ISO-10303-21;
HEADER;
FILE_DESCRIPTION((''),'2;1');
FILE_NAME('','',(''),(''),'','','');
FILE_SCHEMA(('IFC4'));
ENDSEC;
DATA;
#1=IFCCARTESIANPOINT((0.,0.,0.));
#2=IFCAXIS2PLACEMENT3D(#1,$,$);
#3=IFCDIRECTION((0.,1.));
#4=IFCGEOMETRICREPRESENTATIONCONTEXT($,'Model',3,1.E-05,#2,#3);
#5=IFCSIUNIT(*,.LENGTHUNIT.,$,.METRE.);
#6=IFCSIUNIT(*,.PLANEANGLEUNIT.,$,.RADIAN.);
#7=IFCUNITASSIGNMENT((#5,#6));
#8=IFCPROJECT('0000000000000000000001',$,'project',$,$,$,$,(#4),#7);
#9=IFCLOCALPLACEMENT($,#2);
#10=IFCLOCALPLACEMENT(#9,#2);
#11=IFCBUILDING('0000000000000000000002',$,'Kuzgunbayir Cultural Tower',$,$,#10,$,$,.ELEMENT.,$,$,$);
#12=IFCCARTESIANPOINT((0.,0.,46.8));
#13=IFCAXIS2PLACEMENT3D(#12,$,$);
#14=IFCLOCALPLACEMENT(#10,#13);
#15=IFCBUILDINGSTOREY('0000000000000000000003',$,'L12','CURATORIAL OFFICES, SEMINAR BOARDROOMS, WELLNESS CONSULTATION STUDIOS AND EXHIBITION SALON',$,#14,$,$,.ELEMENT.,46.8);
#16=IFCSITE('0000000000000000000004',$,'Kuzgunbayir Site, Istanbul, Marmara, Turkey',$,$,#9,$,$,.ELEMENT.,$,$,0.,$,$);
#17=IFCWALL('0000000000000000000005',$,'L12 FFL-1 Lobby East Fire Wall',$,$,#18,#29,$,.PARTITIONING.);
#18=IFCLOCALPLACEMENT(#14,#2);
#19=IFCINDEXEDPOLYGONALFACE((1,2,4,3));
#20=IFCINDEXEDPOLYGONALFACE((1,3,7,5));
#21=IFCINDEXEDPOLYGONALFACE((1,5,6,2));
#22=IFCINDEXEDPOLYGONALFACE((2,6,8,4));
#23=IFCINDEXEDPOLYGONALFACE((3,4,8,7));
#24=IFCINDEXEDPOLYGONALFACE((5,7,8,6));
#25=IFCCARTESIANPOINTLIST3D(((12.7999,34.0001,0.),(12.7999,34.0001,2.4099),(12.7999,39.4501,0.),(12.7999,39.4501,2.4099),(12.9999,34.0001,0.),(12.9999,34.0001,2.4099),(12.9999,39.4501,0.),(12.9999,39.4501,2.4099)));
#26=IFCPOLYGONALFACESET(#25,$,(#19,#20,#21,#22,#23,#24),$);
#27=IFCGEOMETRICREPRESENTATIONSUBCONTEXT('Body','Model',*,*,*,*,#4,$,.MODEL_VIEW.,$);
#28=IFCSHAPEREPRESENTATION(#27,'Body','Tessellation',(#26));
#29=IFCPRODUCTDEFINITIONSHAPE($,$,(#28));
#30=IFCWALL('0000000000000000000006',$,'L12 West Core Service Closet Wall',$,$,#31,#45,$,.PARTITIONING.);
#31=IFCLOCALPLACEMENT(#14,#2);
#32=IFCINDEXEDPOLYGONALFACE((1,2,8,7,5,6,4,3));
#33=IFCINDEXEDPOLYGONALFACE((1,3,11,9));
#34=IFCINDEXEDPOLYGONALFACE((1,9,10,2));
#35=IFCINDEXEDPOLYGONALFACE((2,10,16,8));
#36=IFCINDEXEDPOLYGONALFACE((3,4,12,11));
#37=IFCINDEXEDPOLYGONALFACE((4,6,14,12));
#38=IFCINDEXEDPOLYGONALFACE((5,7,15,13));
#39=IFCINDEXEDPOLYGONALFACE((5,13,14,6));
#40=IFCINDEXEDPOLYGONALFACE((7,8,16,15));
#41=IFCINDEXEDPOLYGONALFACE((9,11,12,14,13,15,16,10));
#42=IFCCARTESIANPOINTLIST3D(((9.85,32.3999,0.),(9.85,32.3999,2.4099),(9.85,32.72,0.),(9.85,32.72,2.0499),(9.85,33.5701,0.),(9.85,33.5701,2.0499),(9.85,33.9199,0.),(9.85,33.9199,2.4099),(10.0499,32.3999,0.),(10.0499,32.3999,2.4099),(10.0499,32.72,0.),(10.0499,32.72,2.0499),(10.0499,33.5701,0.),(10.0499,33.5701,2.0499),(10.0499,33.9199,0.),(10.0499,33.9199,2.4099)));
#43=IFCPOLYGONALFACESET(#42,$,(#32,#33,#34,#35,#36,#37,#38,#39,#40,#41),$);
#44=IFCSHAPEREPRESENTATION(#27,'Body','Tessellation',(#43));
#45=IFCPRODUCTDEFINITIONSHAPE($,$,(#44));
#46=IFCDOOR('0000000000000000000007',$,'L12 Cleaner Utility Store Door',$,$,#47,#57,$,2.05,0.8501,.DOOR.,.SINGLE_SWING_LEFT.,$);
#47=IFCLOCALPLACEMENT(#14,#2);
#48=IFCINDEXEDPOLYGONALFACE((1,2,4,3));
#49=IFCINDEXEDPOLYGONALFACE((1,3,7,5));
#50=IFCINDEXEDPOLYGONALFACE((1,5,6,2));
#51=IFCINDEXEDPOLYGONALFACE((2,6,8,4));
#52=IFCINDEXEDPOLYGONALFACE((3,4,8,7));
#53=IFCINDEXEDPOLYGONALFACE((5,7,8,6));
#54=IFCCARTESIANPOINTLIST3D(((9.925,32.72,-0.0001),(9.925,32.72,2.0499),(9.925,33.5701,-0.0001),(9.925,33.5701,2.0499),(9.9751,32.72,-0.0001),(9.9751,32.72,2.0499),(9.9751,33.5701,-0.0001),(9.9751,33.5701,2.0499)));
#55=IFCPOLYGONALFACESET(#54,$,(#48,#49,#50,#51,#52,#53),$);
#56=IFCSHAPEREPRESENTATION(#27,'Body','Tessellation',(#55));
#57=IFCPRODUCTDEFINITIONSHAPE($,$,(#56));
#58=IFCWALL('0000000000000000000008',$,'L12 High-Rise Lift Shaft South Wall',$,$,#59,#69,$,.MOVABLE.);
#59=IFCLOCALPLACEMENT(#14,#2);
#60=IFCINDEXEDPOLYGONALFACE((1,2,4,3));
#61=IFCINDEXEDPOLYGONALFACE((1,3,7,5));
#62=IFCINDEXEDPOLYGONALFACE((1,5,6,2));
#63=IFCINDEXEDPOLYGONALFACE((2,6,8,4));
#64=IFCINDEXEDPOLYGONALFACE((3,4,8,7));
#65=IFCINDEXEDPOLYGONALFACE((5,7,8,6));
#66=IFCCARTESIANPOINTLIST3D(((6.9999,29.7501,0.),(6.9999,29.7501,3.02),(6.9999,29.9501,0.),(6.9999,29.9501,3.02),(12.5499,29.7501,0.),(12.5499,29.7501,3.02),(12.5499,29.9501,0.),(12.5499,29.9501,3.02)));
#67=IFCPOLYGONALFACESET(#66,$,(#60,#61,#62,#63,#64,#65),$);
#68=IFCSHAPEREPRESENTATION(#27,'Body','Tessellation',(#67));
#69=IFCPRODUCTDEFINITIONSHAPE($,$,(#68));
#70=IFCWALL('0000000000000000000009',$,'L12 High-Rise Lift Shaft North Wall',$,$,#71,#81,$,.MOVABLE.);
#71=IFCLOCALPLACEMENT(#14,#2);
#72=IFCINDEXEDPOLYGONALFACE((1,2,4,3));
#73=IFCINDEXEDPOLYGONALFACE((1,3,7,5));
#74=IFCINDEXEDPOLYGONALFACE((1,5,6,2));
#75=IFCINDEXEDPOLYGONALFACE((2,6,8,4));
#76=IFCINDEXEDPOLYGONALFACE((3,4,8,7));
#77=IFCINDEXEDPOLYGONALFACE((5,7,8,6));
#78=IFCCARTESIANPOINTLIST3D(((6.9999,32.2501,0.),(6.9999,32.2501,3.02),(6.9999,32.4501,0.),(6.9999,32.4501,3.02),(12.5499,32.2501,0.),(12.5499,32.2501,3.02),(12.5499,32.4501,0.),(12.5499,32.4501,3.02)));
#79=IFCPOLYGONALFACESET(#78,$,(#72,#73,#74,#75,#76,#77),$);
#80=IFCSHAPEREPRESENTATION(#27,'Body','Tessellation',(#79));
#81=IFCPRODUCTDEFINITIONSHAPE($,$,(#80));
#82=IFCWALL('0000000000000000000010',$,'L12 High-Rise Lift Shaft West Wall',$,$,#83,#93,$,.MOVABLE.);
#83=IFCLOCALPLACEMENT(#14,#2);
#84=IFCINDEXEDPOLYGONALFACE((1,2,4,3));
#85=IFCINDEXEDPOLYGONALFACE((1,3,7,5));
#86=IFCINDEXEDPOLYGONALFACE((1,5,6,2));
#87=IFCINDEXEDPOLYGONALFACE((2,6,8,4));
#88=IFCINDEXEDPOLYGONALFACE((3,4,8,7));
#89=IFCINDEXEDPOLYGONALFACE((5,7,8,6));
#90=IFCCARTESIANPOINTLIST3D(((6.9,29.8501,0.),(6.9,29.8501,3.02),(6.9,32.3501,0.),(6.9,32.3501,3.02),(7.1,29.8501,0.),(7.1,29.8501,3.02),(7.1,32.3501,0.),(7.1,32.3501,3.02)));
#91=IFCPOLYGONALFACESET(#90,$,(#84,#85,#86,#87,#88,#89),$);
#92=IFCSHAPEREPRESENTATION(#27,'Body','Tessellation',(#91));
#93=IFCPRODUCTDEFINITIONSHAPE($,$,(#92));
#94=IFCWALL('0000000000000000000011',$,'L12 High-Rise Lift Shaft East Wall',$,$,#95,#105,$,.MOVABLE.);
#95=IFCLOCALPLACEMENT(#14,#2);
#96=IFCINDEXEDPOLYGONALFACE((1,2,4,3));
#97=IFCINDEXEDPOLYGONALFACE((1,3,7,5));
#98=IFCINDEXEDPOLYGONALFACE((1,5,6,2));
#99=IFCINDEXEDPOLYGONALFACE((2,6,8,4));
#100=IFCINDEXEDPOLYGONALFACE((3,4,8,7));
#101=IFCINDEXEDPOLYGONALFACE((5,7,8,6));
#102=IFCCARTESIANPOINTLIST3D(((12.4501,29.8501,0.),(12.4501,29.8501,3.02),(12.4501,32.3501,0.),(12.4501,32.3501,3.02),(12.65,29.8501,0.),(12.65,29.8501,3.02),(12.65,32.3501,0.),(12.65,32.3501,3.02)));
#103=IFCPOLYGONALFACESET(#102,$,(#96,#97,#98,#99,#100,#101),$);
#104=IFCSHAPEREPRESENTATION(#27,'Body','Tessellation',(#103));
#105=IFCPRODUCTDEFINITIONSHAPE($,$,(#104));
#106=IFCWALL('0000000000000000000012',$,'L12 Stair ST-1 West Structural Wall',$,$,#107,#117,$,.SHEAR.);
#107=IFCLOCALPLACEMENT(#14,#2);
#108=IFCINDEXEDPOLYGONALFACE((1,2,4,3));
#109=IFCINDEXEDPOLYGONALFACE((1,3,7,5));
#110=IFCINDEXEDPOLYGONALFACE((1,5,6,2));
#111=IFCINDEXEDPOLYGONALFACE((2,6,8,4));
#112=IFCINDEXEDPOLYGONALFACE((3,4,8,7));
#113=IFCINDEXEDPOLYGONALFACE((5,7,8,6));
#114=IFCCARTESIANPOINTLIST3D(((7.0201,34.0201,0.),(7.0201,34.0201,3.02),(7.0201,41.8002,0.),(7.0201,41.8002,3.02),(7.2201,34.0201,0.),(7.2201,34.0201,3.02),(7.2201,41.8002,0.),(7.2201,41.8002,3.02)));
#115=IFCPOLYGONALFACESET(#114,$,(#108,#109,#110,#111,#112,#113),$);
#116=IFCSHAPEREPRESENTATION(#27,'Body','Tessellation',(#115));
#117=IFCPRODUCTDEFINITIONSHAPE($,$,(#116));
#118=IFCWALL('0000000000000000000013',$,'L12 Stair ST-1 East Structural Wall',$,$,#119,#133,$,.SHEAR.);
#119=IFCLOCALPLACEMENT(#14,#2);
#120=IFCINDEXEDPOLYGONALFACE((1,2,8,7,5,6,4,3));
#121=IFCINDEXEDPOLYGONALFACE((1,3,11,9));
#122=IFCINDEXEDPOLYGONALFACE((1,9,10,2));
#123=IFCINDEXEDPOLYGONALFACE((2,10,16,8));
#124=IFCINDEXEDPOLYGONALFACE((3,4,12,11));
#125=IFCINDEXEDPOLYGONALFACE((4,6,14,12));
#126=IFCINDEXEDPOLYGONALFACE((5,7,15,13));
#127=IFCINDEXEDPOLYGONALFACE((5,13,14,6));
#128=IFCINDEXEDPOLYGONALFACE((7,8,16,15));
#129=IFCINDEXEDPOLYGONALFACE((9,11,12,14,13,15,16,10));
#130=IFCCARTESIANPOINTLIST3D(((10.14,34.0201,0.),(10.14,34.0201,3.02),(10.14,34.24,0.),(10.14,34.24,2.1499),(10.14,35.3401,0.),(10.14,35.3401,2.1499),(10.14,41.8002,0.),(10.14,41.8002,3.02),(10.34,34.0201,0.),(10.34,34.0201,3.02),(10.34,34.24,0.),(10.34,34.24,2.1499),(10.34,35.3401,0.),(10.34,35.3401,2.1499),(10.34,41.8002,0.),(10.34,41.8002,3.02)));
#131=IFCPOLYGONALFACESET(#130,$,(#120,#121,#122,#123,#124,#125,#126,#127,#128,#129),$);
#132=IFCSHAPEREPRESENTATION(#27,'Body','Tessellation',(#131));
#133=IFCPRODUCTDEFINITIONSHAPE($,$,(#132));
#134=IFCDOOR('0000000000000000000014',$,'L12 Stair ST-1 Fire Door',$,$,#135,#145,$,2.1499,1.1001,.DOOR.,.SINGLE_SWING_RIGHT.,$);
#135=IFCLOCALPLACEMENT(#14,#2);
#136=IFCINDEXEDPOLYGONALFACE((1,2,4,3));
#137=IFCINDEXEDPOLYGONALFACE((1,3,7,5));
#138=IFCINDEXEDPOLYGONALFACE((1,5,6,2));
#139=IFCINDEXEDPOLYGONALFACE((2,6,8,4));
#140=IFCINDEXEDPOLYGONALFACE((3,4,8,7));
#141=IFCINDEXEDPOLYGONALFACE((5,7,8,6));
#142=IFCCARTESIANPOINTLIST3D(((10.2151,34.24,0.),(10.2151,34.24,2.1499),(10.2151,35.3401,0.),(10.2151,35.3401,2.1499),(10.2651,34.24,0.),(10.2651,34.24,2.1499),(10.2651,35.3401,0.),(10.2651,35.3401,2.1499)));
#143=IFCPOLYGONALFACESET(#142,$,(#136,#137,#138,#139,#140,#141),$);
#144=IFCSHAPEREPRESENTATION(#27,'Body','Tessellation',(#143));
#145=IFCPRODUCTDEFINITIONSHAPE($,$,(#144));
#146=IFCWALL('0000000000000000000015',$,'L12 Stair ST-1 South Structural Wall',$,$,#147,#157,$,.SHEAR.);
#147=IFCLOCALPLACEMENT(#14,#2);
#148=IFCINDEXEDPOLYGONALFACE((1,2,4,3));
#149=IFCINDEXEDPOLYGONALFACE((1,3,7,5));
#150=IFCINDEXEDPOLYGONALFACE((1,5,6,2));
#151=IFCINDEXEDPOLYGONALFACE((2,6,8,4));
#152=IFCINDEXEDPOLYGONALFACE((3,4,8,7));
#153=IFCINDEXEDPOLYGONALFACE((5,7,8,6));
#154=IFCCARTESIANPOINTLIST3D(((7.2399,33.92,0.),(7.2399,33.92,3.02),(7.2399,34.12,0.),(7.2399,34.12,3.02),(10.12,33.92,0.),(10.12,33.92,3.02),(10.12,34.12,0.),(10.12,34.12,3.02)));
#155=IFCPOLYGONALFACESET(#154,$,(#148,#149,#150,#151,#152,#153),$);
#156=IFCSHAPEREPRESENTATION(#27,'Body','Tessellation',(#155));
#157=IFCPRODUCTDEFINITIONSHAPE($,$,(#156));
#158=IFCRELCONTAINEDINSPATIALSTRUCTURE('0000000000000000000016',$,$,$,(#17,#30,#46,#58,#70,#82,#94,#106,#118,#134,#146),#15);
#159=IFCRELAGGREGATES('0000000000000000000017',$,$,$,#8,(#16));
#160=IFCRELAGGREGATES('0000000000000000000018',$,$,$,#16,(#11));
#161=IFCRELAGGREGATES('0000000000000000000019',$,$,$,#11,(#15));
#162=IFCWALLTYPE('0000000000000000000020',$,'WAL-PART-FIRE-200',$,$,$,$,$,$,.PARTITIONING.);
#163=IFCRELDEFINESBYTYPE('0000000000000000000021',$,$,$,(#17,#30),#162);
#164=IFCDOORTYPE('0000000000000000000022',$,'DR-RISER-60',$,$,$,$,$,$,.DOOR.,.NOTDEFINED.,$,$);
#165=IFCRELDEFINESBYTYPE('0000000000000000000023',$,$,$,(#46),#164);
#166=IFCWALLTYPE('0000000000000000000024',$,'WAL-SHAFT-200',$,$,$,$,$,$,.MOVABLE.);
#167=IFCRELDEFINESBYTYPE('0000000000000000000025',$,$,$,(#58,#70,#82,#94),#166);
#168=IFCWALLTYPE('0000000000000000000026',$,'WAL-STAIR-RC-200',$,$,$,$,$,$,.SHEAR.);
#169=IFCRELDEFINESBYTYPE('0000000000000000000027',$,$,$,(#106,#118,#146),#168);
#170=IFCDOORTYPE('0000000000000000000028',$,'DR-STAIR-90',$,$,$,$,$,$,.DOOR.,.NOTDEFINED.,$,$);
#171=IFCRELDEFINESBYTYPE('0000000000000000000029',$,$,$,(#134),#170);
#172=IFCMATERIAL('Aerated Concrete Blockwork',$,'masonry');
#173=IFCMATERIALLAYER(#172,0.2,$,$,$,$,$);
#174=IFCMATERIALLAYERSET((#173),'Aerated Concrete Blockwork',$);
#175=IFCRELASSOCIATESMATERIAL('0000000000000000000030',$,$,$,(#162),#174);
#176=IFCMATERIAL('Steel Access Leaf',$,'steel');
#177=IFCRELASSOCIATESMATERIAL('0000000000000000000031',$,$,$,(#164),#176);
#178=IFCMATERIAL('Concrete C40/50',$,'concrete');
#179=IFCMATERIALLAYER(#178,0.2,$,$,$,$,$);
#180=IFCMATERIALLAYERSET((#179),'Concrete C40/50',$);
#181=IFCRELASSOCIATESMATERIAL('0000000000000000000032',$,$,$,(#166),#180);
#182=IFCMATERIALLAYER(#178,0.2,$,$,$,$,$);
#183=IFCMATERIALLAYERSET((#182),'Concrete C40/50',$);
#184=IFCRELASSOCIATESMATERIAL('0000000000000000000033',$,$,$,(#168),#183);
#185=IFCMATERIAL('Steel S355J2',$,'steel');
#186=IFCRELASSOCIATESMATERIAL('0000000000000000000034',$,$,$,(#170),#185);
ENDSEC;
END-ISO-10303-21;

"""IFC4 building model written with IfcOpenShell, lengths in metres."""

from ifc_helpers import new_model, si_unit, direction, frame, frame_2d, origin, place, context, subcontext, project, spatial, rectangle, extrude, material, layer, layer_set, type_object, element, fill, save


model = new_model("IFC4")

# Units and contexts
model_context = context("Model", 3, precision=1e-05, world=origin(), true_north=direction((0.0, 1.0)))
body_context = subcontext(model_context, "Body", "Model", "MODEL_VIEW")
ifc_project = project(units=[si_unit("LENGTHUNIT", "METRE"), si_unit("PLANEANGLEUNIT", "RADIAN")], contexts=[model_context])

# Site, building, storey
site_placement = place(None, origin())
site = spatial("IfcSite", under=ifc_project, at=site_placement, Name="Kuzgunbayir Site, Istanbul, Marmara, Turkey", CompositionType="ELEMENT", RefElevation=0.0)
building_placement = place(site_placement, origin())
building = spatial("IfcBuilding", under=site, at=building_placement, Name="Kuzgunbayir Cultural Tower", CompositionType="ELEMENT")
storey_placement = place(building_placement, frame((0.0, 0.0, 46.8)))
storey = spatial("IfcBuildingStorey", under=building, at=storey_placement, Name="L12", Description="CURATORIAL OFFICES, SEMINAR BOARDROOMS, WELLNESS CONSULTATION STUDIOS AND EXHIBITION SALON", CompositionType="ELEMENT", Elevation=46.8)

# Shared definitions
ifc_material_1 = material(Name="Steel S355J2", Category="steel")

# Wall
ifc_material_2 = material(Name="Aerated Concrete Blockwork", Category="masonry")
ifc_layer_1 = layer(ifc_material_2, 0.2)
ifc_layer_set_1 = layer_set([ifc_layer_1], Name="Aerated Concrete Blockwork")
wall_type_1 = type_object("IfcWallType", Name="WAL-PART-FIRE-200", PredefinedType="PARTITIONING", material=ifc_layer_set_1)
wall_1_placement = place(storey_placement, frame((12.8999, 34.0, 0.0), z_axis=(0.0, 0.0, 1.0), x_axis=(0.0, 1.0, 0.0)))
element("IfcWall", 1, at=wall_1_placement, inside=storey, type_object=wall_type_1, Name="L12 FFL-1 Lobby East Fire Wall", PredefinedType="PARTITIONING", context=body_context, shape_type="SweptSolid", body=[
    extrude(rectangle(XDim=5.45, YDim=0.2, at=frame_2d((2.7251, 0.0))), origin(), (0.0, 0.0, 1.0), 2.4099),
])

# Wall, opening, door
wall_2_placement = place(storey_placement, frame((9.95, 32.3999, 0.0), z_axis=(0.0, 0.0, 1.0), x_axis=(0.0, 1.0, 0.0)))
wall_2 = element("IfcWall", 2, at=wall_2_placement, inside=storey, type_object=wall_type_1, Name="L12 West Core Service Closet Wall", PredefinedType="PARTITIONING", context=body_context, shape_type="SweptSolid", body=[
    extrude(rectangle(XDim=1.52, YDim=0.2, at=frame_2d((0.76, 0.0))), origin(), (0.0, 0.0, 1.0), 2.4099),
])
opening_1_placement = place(wall_2_placement, frame((0.3201, 0.0, 0.0)))
opening_1 = element("IfcOpeningElement", 3, at=opening_1_placement, cuts=wall_2, PredefinedType="OPENING", context=body_context, shape_type="SweptSolid", body=[
    extrude(rectangle(XDim=0.8501, YDim=2.05, at=frame_2d((0.425, 1.0249))), frame((0.0, 0.1099, 0.0), z_axis=(0.0, -1.0, 0.0), x_axis=(1.0, 0.0, 0.0)), (0.0, 0.0, 1.0), 0.22),
])
ifc_material_3 = material(Name="Steel Access Leaf", Category="steel")
door_type_1 = type_object("IfcDoorType", Name="DR-RISER-60", OperationType="NOTDEFINED", PredefinedType="DOOR", material=ifc_material_3)
door_1_placement = place(opening_1_placement, origin())
door_1 = element("IfcDoor", 4, at=door_1_placement, inside=storey, type_object=door_type_1, Name="L12 Cleaner Utility Store Door", OperationType="SINGLE_SWING_LEFT", OverallHeight=2.05, OverallWidth=0.8501, PredefinedType="DOOR", context=body_context, shape_type="SweptSolid", body=[
    extrude(rectangle(XDim=0.8501, YDim=2.05, at=frame_2d((0.425, 1.0249))), frame((0.0, 0.0249, 0.0), z_axis=(0.0, -1.0, 0.0), x_axis=(1.0, 0.0, 0.0)), (0.0, 0.0, 1.0), 0.05),
])
fill(opening_1, door_1)

# Walls
ifc_material_4 = material(Name="Concrete C40/50", Category="concrete")
ifc_layer_2 = layer(ifc_material_4, 0.2)
ifc_layer_set_2 = layer_set([ifc_layer_2], Name="Concrete C40/50")
wall_type_2 = type_object("IfcWallType", Name="WAL-SHAFT-200", PredefinedType="MOVABLE", material=ifc_layer_set_2)
for number, where, z_axis, x_axis, name in (
    (5, (7.0, 29.8501, 0.0), (0.0, 0.0, 1.0), (1.0, 0.0, 0.0), "L12 High-Rise Lift Shaft South Wall"),
    (6, (7.0, 32.3501, 0.0), (0.0, 0.0, 1.0), (1.0, 0.0, 0.0), "L12 High-Rise Lift Shaft North Wall"),
):
    element("IfcWall", number, at=place(storey_placement, frame(where, z_axis=z_axis, x_axis=x_axis)), inside=storey, type_object=wall_type_2, Name=name, PredefinedType="MOVABLE", context=body_context, shape_type="SweptSolid", body=[
        extrude(rectangle(XDim=5.55, YDim=0.2, at=frame_2d((2.7749, 0.0))), origin(), (0.0, 0.0, 1.0), 3.02),
    ])
for number, where, z_axis, x_axis, name in (
    (7, (7.0, 29.8501, 0.0), (0.0, 0.0, 1.0), (0.0, 1.0, 0.0), "L12 High-Rise Lift Shaft West Wall"),
    (8, (12.55, 29.8501, 0.0), (0.0, 0.0, 1.0), (0.0, 1.0, 0.0), "L12 High-Rise Lift Shaft East Wall"),
):
    element("IfcWall", number, at=place(storey_placement, frame(where, z_axis=z_axis, x_axis=x_axis)), inside=storey, type_object=wall_type_2, Name=name, PredefinedType="MOVABLE", context=body_context, shape_type="SweptSolid", body=[
        extrude(rectangle(XDim=2.5, YDim=0.2, at=frame_2d((1.25, 0.0))), origin(), (0.0, 0.0, 1.0), 3.02),
    ])
ifc_layer_3 = layer(ifc_material_4, 0.2)
ifc_layer_set_3 = layer_set([ifc_layer_3], Name="Concrete C40/50")
wall_type_3 = type_object("IfcWallType", Name="WAL-STAIR-RC-200", PredefinedType="SHEAR", material=ifc_layer_set_3)
wall_3_placement = place(storey_placement, frame((7.1201, 34.02, 0.0), z_axis=(0.0, 0.0, 1.0), x_axis=(0.0, 1.0, 0.0)))
element("IfcWall", 9, at=wall_3_placement, inside=storey, type_object=wall_type_3, Name="L12 Stair ST-1 West Structural Wall", PredefinedType="SHEAR", context=body_context, shape_type="SweptSolid", body=[
    extrude(rectangle(XDim=7.78, YDim=0.2, at=frame_2d((3.8901, 0.0))), origin(), (0.0, 0.0, 1.0), 3.02),
])

# Wall, opening, door
wall_4_placement = place(storey_placement, frame((10.24, 34.02, 0.0), z_axis=(0.0, 0.0, 1.0), x_axis=(0.0, 1.0, 0.0)))
wall_4 = element("IfcWall", 10, at=wall_4_placement, inside=storey, type_object=wall_type_3, Name="L12 Stair ST-1 East Structural Wall", PredefinedType="SHEAR", context=body_context, shape_type="SweptSolid", body=[
    extrude(rectangle(XDim=7.78, YDim=0.2, at=frame_2d((3.8901, 0.0))), origin(), (0.0, 0.0, 1.0), 3.02),
])
opening_2_placement = place(wall_4_placement, frame((0.22, 0.0, 0.0)))
opening_2 = element("IfcOpeningElement", 11, at=opening_2_placement, cuts=wall_4, PredefinedType="OPENING", context=body_context, shape_type="SweptSolid", body=[
    extrude(rectangle(XDim=1.1001, YDim=2.1499, at=frame_2d((0.55, 1.075))), frame((0.0, 0.1099, 0.0), z_axis=(0.0, -1.0, 0.0), x_axis=(1.0, 0.0, 0.0)), (0.0, 0.0, 1.0), 0.22),
])
door_type_2 = type_object("IfcDoorType", Name="DR-STAIR-90", OperationType="NOTDEFINED", PredefinedType="DOOR", material=ifc_material_1)
door_2_placement = place(opening_2_placement, origin())
door_2 = element("IfcDoor", 12, at=door_2_placement, inside=storey, type_object=door_type_2, Name="L12 Stair ST-1 Fire Door", OperationType="SINGLE_SWING_RIGHT", OverallHeight=2.1499, OverallWidth=1.1001, PredefinedType="DOOR", context=body_context, shape_type="SweptSolid", body=[
    extrude(rectangle(XDim=1.1001, YDim=2.1499, at=frame_2d((0.55, 1.075))), frame((0.0, 0.0249, 0.0), z_axis=(0.0, -1.0, 0.0), x_axis=(1.0, 0.0, 0.0)), (0.0, 0.0, 1.0), 0.05),
])
fill(opening_2, door_2)

# Wall
wall_5_placement = place(storey_placement, frame((7.24, 34.02, 0.0), z_axis=(0.0, 0.0, 1.0), x_axis=(1.0, 0.0, 0.0)))
element("IfcWall", 13, at=wall_5_placement, inside=storey, type_object=wall_type_3, Name="L12 Stair ST-1 South Structural Wall", PredefinedType="SHEAR", context=body_context, shape_type="SweptSolid", body=[
    extrude(rectangle(XDim=2.8801, YDim=0.2, at=frame_2d((1.4399, 0.0))), origin(), (0.0, 0.0, 1.0), 3.02),
])

save(model, "model.ifc")
